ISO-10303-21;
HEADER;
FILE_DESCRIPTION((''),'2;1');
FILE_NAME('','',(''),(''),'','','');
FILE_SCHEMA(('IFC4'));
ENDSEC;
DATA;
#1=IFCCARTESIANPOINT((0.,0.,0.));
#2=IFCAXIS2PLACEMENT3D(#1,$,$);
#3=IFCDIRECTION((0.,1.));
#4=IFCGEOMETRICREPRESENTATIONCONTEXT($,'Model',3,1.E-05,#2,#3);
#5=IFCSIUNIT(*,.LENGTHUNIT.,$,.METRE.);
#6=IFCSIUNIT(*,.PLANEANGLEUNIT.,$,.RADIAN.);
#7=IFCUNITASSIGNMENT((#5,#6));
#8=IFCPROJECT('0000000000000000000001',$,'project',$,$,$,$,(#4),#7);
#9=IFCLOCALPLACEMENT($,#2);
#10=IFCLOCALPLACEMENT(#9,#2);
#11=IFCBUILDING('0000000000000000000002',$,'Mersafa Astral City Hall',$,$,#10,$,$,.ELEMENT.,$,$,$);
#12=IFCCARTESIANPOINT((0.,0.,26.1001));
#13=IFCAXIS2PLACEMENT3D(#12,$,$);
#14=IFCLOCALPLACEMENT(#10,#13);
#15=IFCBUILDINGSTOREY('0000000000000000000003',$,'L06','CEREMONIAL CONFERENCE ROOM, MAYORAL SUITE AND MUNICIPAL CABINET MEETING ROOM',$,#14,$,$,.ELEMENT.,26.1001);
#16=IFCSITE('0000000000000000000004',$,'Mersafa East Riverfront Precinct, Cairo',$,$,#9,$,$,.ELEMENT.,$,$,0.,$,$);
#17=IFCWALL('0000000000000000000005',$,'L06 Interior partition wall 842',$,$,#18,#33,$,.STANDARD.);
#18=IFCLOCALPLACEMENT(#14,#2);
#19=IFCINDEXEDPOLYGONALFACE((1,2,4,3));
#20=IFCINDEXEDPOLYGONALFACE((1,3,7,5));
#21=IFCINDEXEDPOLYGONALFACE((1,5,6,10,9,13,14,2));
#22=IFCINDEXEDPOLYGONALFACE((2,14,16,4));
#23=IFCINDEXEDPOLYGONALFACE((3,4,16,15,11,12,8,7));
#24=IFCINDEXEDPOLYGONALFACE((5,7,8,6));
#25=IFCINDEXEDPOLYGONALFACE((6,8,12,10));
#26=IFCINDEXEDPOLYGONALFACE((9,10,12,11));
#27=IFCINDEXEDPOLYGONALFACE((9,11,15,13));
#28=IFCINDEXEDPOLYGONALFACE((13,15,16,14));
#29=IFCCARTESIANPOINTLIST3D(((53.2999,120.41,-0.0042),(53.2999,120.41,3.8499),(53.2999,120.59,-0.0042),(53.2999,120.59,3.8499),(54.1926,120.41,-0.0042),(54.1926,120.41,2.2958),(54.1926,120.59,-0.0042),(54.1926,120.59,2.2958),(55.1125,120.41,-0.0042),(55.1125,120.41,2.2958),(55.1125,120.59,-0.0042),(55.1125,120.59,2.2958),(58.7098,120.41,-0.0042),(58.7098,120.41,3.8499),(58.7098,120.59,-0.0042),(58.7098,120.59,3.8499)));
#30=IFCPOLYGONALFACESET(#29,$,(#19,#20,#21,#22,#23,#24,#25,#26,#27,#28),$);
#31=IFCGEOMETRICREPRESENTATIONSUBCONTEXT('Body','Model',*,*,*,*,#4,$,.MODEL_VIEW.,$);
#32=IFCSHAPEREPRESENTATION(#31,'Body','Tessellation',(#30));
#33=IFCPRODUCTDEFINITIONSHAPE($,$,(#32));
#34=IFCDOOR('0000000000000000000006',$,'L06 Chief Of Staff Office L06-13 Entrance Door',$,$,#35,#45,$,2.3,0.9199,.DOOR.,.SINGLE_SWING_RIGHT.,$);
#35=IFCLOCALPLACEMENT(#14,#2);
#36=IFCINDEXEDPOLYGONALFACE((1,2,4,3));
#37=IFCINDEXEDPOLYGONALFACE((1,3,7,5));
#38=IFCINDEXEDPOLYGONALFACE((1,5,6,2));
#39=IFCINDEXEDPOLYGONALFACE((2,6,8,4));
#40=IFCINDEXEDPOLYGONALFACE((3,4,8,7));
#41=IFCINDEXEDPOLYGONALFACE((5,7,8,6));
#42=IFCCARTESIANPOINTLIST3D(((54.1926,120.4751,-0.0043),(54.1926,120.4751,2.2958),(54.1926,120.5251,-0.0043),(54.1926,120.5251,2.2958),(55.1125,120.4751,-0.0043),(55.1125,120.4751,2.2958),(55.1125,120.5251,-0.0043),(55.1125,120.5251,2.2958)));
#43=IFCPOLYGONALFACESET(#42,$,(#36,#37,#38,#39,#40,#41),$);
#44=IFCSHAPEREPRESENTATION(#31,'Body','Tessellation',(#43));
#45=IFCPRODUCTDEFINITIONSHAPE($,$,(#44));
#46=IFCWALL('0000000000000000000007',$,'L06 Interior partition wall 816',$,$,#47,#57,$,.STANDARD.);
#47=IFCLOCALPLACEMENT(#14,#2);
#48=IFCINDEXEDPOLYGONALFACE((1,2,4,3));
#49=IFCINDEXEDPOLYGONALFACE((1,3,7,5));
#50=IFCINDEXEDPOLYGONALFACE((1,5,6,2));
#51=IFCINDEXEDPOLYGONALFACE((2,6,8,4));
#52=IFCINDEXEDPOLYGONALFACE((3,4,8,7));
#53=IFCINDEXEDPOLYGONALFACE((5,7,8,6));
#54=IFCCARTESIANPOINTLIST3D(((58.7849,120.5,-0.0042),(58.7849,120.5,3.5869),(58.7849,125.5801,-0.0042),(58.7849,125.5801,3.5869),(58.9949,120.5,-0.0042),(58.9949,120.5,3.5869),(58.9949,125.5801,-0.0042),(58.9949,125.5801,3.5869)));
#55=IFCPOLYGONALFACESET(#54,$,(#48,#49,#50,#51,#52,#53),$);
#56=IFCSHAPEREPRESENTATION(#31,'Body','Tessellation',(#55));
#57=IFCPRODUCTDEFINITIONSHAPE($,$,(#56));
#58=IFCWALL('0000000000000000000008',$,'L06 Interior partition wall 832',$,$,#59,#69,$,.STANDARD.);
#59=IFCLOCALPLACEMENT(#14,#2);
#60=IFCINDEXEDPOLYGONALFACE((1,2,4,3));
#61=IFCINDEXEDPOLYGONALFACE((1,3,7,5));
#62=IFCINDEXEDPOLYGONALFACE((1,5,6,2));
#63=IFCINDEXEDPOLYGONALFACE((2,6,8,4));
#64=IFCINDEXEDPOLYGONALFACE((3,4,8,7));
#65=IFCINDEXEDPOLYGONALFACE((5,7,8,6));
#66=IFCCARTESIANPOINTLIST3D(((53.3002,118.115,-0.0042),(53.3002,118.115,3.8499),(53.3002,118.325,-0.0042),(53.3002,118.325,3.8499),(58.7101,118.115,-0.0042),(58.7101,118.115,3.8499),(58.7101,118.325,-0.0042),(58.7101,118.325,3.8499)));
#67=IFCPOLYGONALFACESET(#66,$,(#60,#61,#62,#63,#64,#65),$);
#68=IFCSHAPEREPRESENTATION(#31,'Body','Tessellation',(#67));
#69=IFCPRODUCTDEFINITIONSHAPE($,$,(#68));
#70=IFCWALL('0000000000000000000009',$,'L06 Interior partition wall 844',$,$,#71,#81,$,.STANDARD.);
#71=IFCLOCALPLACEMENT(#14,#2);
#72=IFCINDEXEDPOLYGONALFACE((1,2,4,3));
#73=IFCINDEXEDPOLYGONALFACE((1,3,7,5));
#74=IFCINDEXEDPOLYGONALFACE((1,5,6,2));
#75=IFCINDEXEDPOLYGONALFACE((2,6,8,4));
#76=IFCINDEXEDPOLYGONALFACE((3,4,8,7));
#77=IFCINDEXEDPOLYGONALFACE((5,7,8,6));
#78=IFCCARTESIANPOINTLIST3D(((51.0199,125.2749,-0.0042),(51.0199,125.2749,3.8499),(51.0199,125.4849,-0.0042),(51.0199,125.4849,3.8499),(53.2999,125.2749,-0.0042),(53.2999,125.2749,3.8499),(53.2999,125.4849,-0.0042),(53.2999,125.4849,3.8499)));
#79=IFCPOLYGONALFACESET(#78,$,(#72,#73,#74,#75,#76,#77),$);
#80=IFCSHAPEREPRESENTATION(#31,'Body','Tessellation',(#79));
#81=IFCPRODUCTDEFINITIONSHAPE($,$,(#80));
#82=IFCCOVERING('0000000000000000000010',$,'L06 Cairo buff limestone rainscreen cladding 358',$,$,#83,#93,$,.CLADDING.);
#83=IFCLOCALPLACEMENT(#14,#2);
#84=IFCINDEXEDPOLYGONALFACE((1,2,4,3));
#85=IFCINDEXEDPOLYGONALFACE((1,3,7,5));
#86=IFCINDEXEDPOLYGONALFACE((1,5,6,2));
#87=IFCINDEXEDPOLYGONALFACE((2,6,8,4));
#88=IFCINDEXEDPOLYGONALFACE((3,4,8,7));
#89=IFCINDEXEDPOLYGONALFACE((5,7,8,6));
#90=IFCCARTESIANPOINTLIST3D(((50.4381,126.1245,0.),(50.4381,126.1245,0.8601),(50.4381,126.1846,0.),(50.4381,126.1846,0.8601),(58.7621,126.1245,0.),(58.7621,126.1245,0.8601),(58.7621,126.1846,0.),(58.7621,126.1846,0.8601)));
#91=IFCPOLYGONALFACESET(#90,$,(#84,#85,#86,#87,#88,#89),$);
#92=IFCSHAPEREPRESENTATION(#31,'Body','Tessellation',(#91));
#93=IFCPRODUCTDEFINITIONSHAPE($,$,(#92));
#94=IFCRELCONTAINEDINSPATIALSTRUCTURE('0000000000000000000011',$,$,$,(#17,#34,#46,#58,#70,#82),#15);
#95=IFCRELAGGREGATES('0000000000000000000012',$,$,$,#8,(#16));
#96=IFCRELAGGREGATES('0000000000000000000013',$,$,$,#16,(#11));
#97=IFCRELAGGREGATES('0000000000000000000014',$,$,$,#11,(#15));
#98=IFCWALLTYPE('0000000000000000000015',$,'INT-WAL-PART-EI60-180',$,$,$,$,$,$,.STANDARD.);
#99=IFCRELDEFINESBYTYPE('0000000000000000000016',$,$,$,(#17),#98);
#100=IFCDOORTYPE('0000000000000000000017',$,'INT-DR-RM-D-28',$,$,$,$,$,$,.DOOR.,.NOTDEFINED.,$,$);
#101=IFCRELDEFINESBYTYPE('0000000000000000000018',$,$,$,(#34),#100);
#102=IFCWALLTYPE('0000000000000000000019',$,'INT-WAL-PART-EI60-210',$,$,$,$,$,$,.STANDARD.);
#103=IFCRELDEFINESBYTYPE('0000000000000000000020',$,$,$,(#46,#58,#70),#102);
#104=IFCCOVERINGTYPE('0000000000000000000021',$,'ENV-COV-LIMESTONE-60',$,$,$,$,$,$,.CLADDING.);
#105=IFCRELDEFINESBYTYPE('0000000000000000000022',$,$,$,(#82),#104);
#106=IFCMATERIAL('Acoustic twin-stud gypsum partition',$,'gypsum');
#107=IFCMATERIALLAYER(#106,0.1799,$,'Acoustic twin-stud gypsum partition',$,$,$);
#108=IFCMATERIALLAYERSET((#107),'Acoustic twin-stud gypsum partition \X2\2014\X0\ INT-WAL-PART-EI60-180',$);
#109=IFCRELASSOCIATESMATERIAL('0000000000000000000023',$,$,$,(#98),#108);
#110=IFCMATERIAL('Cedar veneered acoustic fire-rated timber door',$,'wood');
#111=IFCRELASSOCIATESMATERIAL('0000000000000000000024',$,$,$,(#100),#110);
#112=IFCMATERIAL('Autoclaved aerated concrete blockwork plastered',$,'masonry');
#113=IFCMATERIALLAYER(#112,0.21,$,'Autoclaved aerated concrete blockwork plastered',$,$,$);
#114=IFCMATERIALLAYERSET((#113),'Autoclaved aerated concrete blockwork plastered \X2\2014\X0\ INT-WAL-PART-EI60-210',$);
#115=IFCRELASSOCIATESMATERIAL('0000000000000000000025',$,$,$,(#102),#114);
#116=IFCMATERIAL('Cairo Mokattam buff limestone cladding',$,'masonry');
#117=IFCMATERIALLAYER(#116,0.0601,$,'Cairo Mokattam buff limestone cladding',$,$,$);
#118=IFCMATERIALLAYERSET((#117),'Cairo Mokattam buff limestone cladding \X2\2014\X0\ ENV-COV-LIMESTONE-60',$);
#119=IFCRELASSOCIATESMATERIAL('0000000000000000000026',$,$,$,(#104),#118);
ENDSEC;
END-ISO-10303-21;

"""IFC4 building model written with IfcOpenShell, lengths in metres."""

from ifc_helpers import new_model, si_unit, direction, frame, frame_2d, origin, origin_2d, place, context, subcontext, project, spatial, rectangle, extrude, material, layer, layer_set, type_object, element, fill, save


model = new_model("IFC4")

# Units and contexts
model_context = context("Model", 3, precision=1e-05, world=origin(), true_north=direction((0.0, 1.0)))
body_context = subcontext(model_context, "Body", "Model", "MODEL_VIEW")
ifc_project = project(units=[si_unit("LENGTHUNIT", "METRE"), si_unit("PLANEANGLEUNIT", "RADIAN")], contexts=[model_context])

# Site, building, storey
site_placement = place(None, origin())
site = spatial("IfcSite", under=ifc_project, at=site_placement, Name="Mersafa East Riverfront Precinct, Cairo", CompositionType="ELEMENT", RefElevation=0.0)
building_placement = place(site_placement, origin())
building = spatial("IfcBuilding", under=site, at=building_placement, Name="Mersafa Astral City Hall", CompositionType="ELEMENT")
storey_placement = place(building_placement, frame((0.0, 0.0, 26.1001)))
storey = spatial("IfcBuildingStorey", under=building, at=storey_placement, Name="L06", Description="CEREMONIAL CONFERENCE ROOM, MAYORAL SUITE AND MUNICIPAL CABINET MEETING ROOM", CompositionType="ELEMENT", Elevation=26.1001)

# Shared definitions
ifc_material_1 = material(Name="Cedar veneered acoustic fire-rated timber door", Category="wood")

# Wall, opening, door
ifc_material_2 = material(Name="Acoustic twin-stud gypsum partition", Category="gypsum")
ifc_layer_1 = layer(ifc_material_2, 0.1799, Name="Acoustic twin-stud gypsum partition")
ifc_layer_set_1 = layer_set([ifc_layer_1], Name="Acoustic twin-stud gypsum partition — INT-WAL-PART-EI60-180")
wall_type_1 = type_object("IfcWallType", Name="INT-WAL-PART-EI60-180", PredefinedType="STANDARD", material=ifc_layer_set_1)
wall_1_placement = place(storey_placement, frame((58.71, 120.5, -0.0042), z_axis=(0.0, 0.0, 1.0), x_axis=(-1.0, 0.0, 0.0)))
wall_1 = element("IfcWall", 1, at=wall_1_placement, inside=storey, type_object=wall_type_1, Name="L06 Interior partition wall 842", PredefinedType="STANDARD", context=body_context, shape_type="SweptSolid", body=[
    extrude(rectangle(XDim=5.4099, YDim=0.1799, at=frame_2d((2.7051, 0.0))), origin(), (0.0, 0.0, 1.0), 3.854),
])
opening_1_placement = place(wall_1_placement, frame((3.5974, 0.0, 0.0)))
opening_1 = element("IfcOpeningElement", 2, at=opening_1_placement, cuts=wall_1, PredefinedType="OPENING", context=body_context, shape_type="SweptSolid", body=[
    extrude(rectangle(XDim=0.9199, YDim=2.3, at=frame_2d((0.46, 1.1499))), frame((0.0, 0.0999, 0.0), z_axis=(0.0, -1.0, 0.0), x_axis=(1.0, 0.0, 0.0)), (0.0, 0.0, 1.0), 0.2),
])
door_type_1 = type_object("IfcDoorType", Name="INT-DR-RM-D-28", OperationType="NOTDEFINED", PredefinedType="DOOR", material=ifc_material_1)
door_1_placement = place(opening_1_placement, origin())
door_1 = element("IfcDoor", 3, at=door_1_placement, inside=storey, type_object=door_type_1, Name="L06 Chief Of Staff Office L06-13 Entrance Door", OperationType="SINGLE_SWING_RIGHT", OverallHeight=2.3, OverallWidth=0.9199, PredefinedType="DOOR", context=body_context, shape_type="SweptSolid", body=[
    extrude(rectangle(XDim=0.9199, YDim=2.3, at=frame_2d((0.46, 1.1499))), frame((0.0, 0.0249, 0.0), z_axis=(0.0, -1.0, 0.0), x_axis=(1.0, 0.0, 0.0)), (0.0, 0.0, 1.0), 0.05),
])
fill(opening_1, door_1)

# Walls
ifc_material_3 = material(Name="Autoclaved aerated concrete blockwork plastered", Category="masonry")
ifc_layer_2 = layer(ifc_material_3, 0.21, Name="Autoclaved aerated concrete blockwork plastered")
ifc_layer_set_2 = layer_set([ifc_layer_2], Name="Autoclaved aerated concrete blockwork plastered — INT-WAL-PART-EI60-210")
wall_type_2 = type_object("IfcWallType", Name="INT-WAL-PART-EI60-210", PredefinedType="STANDARD", material=ifc_layer_set_2)
wall_2_placement = place(storey_placement, frame((58.8899, 120.5, -0.0042), z_axis=(0.0, 0.0, 1.0), x_axis=(0.0, 1.0, 0.0)))
element("IfcWall", 4, at=wall_2_placement, inside=storey, type_object=wall_type_2, Name="L06 Interior partition wall 816", PredefinedType="STANDARD", context=body_context, shape_type="SweptSolid", body=[
    extrude(rectangle(XDim=5.0801, YDim=0.21, at=frame_2d((2.54, 0.0))), origin(), (0.0, 0.0, 1.0), 3.5911),
])
wall_3_placement = place(storey_placement, frame((53.3, 118.22, -0.0042), z_axis=(0.0, 0.0, 1.0), x_axis=(1.0, 0.0, 0.0)))
element("IfcWall", 5, at=wall_3_placement, inside=storey, type_object=wall_type_2, Name="L06 Interior partition wall 832", PredefinedType="STANDARD", context=body_context, shape_type="SweptSolid", body=[
    extrude(rectangle(XDim=5.4099, YDim=0.21, at=frame_2d((2.7051, 0.0))), origin(), (0.0, 0.0, 1.0), 3.854),
])
wall_4_placement = place(storey_placement, frame((53.3, 125.3799, -0.0042), z_axis=(0.0, 0.0, 1.0), x_axis=(-1.0, 0.0, 0.0)))
element("IfcWall", 6, at=wall_4_placement, inside=storey, type_object=wall_type_2, Name="L06 Interior partition wall 844", PredefinedType="STANDARD", context=body_context, shape_type="SweptSolid", body=[
    extrude(rectangle(XDim=2.28, YDim=0.21, at=frame_2d((1.1401, 0.0))), origin(), (0.0, 0.0, 1.0), 3.854),
])

# Covering
ifc_material_4 = material(Name="Cairo Mokattam buff limestone cladding", Category="masonry")
ifc_layer_3 = layer(ifc_material_4, 0.0601, Name="Cairo Mokattam buff limestone cladding")
ifc_layer_set_3 = layer_set([ifc_layer_3], Name="Cairo Mokattam buff limestone cladding — ENV-COV-LIMESTONE-60")
covering_type = type_object("IfcCoveringType", Name="ENV-COV-LIMESTONE-60", PredefinedType="CLADDING", material=ifc_layer_set_3)
covering_placement = place(storey_placement, frame((54.6001, 126.1545, 0.0), z_axis=(0.0, 0.0, 1.0), x_axis=(-1.0, 0.0, 0.0)))
element("IfcCovering", 7, at=covering_placement, inside=storey, type_object=covering_type, Name="L06 Cairo buff limestone rainscreen cladding 358", PredefinedType="CLADDING", context=body_context, shape_type="SweptSolid", body=[
    extrude(rectangle(XDim=8.324, YDim=0.0601, at=origin_2d()), origin(), (0.0, 0.0, 1.0), 0.8601),
])

save(model, "model.ifc")
